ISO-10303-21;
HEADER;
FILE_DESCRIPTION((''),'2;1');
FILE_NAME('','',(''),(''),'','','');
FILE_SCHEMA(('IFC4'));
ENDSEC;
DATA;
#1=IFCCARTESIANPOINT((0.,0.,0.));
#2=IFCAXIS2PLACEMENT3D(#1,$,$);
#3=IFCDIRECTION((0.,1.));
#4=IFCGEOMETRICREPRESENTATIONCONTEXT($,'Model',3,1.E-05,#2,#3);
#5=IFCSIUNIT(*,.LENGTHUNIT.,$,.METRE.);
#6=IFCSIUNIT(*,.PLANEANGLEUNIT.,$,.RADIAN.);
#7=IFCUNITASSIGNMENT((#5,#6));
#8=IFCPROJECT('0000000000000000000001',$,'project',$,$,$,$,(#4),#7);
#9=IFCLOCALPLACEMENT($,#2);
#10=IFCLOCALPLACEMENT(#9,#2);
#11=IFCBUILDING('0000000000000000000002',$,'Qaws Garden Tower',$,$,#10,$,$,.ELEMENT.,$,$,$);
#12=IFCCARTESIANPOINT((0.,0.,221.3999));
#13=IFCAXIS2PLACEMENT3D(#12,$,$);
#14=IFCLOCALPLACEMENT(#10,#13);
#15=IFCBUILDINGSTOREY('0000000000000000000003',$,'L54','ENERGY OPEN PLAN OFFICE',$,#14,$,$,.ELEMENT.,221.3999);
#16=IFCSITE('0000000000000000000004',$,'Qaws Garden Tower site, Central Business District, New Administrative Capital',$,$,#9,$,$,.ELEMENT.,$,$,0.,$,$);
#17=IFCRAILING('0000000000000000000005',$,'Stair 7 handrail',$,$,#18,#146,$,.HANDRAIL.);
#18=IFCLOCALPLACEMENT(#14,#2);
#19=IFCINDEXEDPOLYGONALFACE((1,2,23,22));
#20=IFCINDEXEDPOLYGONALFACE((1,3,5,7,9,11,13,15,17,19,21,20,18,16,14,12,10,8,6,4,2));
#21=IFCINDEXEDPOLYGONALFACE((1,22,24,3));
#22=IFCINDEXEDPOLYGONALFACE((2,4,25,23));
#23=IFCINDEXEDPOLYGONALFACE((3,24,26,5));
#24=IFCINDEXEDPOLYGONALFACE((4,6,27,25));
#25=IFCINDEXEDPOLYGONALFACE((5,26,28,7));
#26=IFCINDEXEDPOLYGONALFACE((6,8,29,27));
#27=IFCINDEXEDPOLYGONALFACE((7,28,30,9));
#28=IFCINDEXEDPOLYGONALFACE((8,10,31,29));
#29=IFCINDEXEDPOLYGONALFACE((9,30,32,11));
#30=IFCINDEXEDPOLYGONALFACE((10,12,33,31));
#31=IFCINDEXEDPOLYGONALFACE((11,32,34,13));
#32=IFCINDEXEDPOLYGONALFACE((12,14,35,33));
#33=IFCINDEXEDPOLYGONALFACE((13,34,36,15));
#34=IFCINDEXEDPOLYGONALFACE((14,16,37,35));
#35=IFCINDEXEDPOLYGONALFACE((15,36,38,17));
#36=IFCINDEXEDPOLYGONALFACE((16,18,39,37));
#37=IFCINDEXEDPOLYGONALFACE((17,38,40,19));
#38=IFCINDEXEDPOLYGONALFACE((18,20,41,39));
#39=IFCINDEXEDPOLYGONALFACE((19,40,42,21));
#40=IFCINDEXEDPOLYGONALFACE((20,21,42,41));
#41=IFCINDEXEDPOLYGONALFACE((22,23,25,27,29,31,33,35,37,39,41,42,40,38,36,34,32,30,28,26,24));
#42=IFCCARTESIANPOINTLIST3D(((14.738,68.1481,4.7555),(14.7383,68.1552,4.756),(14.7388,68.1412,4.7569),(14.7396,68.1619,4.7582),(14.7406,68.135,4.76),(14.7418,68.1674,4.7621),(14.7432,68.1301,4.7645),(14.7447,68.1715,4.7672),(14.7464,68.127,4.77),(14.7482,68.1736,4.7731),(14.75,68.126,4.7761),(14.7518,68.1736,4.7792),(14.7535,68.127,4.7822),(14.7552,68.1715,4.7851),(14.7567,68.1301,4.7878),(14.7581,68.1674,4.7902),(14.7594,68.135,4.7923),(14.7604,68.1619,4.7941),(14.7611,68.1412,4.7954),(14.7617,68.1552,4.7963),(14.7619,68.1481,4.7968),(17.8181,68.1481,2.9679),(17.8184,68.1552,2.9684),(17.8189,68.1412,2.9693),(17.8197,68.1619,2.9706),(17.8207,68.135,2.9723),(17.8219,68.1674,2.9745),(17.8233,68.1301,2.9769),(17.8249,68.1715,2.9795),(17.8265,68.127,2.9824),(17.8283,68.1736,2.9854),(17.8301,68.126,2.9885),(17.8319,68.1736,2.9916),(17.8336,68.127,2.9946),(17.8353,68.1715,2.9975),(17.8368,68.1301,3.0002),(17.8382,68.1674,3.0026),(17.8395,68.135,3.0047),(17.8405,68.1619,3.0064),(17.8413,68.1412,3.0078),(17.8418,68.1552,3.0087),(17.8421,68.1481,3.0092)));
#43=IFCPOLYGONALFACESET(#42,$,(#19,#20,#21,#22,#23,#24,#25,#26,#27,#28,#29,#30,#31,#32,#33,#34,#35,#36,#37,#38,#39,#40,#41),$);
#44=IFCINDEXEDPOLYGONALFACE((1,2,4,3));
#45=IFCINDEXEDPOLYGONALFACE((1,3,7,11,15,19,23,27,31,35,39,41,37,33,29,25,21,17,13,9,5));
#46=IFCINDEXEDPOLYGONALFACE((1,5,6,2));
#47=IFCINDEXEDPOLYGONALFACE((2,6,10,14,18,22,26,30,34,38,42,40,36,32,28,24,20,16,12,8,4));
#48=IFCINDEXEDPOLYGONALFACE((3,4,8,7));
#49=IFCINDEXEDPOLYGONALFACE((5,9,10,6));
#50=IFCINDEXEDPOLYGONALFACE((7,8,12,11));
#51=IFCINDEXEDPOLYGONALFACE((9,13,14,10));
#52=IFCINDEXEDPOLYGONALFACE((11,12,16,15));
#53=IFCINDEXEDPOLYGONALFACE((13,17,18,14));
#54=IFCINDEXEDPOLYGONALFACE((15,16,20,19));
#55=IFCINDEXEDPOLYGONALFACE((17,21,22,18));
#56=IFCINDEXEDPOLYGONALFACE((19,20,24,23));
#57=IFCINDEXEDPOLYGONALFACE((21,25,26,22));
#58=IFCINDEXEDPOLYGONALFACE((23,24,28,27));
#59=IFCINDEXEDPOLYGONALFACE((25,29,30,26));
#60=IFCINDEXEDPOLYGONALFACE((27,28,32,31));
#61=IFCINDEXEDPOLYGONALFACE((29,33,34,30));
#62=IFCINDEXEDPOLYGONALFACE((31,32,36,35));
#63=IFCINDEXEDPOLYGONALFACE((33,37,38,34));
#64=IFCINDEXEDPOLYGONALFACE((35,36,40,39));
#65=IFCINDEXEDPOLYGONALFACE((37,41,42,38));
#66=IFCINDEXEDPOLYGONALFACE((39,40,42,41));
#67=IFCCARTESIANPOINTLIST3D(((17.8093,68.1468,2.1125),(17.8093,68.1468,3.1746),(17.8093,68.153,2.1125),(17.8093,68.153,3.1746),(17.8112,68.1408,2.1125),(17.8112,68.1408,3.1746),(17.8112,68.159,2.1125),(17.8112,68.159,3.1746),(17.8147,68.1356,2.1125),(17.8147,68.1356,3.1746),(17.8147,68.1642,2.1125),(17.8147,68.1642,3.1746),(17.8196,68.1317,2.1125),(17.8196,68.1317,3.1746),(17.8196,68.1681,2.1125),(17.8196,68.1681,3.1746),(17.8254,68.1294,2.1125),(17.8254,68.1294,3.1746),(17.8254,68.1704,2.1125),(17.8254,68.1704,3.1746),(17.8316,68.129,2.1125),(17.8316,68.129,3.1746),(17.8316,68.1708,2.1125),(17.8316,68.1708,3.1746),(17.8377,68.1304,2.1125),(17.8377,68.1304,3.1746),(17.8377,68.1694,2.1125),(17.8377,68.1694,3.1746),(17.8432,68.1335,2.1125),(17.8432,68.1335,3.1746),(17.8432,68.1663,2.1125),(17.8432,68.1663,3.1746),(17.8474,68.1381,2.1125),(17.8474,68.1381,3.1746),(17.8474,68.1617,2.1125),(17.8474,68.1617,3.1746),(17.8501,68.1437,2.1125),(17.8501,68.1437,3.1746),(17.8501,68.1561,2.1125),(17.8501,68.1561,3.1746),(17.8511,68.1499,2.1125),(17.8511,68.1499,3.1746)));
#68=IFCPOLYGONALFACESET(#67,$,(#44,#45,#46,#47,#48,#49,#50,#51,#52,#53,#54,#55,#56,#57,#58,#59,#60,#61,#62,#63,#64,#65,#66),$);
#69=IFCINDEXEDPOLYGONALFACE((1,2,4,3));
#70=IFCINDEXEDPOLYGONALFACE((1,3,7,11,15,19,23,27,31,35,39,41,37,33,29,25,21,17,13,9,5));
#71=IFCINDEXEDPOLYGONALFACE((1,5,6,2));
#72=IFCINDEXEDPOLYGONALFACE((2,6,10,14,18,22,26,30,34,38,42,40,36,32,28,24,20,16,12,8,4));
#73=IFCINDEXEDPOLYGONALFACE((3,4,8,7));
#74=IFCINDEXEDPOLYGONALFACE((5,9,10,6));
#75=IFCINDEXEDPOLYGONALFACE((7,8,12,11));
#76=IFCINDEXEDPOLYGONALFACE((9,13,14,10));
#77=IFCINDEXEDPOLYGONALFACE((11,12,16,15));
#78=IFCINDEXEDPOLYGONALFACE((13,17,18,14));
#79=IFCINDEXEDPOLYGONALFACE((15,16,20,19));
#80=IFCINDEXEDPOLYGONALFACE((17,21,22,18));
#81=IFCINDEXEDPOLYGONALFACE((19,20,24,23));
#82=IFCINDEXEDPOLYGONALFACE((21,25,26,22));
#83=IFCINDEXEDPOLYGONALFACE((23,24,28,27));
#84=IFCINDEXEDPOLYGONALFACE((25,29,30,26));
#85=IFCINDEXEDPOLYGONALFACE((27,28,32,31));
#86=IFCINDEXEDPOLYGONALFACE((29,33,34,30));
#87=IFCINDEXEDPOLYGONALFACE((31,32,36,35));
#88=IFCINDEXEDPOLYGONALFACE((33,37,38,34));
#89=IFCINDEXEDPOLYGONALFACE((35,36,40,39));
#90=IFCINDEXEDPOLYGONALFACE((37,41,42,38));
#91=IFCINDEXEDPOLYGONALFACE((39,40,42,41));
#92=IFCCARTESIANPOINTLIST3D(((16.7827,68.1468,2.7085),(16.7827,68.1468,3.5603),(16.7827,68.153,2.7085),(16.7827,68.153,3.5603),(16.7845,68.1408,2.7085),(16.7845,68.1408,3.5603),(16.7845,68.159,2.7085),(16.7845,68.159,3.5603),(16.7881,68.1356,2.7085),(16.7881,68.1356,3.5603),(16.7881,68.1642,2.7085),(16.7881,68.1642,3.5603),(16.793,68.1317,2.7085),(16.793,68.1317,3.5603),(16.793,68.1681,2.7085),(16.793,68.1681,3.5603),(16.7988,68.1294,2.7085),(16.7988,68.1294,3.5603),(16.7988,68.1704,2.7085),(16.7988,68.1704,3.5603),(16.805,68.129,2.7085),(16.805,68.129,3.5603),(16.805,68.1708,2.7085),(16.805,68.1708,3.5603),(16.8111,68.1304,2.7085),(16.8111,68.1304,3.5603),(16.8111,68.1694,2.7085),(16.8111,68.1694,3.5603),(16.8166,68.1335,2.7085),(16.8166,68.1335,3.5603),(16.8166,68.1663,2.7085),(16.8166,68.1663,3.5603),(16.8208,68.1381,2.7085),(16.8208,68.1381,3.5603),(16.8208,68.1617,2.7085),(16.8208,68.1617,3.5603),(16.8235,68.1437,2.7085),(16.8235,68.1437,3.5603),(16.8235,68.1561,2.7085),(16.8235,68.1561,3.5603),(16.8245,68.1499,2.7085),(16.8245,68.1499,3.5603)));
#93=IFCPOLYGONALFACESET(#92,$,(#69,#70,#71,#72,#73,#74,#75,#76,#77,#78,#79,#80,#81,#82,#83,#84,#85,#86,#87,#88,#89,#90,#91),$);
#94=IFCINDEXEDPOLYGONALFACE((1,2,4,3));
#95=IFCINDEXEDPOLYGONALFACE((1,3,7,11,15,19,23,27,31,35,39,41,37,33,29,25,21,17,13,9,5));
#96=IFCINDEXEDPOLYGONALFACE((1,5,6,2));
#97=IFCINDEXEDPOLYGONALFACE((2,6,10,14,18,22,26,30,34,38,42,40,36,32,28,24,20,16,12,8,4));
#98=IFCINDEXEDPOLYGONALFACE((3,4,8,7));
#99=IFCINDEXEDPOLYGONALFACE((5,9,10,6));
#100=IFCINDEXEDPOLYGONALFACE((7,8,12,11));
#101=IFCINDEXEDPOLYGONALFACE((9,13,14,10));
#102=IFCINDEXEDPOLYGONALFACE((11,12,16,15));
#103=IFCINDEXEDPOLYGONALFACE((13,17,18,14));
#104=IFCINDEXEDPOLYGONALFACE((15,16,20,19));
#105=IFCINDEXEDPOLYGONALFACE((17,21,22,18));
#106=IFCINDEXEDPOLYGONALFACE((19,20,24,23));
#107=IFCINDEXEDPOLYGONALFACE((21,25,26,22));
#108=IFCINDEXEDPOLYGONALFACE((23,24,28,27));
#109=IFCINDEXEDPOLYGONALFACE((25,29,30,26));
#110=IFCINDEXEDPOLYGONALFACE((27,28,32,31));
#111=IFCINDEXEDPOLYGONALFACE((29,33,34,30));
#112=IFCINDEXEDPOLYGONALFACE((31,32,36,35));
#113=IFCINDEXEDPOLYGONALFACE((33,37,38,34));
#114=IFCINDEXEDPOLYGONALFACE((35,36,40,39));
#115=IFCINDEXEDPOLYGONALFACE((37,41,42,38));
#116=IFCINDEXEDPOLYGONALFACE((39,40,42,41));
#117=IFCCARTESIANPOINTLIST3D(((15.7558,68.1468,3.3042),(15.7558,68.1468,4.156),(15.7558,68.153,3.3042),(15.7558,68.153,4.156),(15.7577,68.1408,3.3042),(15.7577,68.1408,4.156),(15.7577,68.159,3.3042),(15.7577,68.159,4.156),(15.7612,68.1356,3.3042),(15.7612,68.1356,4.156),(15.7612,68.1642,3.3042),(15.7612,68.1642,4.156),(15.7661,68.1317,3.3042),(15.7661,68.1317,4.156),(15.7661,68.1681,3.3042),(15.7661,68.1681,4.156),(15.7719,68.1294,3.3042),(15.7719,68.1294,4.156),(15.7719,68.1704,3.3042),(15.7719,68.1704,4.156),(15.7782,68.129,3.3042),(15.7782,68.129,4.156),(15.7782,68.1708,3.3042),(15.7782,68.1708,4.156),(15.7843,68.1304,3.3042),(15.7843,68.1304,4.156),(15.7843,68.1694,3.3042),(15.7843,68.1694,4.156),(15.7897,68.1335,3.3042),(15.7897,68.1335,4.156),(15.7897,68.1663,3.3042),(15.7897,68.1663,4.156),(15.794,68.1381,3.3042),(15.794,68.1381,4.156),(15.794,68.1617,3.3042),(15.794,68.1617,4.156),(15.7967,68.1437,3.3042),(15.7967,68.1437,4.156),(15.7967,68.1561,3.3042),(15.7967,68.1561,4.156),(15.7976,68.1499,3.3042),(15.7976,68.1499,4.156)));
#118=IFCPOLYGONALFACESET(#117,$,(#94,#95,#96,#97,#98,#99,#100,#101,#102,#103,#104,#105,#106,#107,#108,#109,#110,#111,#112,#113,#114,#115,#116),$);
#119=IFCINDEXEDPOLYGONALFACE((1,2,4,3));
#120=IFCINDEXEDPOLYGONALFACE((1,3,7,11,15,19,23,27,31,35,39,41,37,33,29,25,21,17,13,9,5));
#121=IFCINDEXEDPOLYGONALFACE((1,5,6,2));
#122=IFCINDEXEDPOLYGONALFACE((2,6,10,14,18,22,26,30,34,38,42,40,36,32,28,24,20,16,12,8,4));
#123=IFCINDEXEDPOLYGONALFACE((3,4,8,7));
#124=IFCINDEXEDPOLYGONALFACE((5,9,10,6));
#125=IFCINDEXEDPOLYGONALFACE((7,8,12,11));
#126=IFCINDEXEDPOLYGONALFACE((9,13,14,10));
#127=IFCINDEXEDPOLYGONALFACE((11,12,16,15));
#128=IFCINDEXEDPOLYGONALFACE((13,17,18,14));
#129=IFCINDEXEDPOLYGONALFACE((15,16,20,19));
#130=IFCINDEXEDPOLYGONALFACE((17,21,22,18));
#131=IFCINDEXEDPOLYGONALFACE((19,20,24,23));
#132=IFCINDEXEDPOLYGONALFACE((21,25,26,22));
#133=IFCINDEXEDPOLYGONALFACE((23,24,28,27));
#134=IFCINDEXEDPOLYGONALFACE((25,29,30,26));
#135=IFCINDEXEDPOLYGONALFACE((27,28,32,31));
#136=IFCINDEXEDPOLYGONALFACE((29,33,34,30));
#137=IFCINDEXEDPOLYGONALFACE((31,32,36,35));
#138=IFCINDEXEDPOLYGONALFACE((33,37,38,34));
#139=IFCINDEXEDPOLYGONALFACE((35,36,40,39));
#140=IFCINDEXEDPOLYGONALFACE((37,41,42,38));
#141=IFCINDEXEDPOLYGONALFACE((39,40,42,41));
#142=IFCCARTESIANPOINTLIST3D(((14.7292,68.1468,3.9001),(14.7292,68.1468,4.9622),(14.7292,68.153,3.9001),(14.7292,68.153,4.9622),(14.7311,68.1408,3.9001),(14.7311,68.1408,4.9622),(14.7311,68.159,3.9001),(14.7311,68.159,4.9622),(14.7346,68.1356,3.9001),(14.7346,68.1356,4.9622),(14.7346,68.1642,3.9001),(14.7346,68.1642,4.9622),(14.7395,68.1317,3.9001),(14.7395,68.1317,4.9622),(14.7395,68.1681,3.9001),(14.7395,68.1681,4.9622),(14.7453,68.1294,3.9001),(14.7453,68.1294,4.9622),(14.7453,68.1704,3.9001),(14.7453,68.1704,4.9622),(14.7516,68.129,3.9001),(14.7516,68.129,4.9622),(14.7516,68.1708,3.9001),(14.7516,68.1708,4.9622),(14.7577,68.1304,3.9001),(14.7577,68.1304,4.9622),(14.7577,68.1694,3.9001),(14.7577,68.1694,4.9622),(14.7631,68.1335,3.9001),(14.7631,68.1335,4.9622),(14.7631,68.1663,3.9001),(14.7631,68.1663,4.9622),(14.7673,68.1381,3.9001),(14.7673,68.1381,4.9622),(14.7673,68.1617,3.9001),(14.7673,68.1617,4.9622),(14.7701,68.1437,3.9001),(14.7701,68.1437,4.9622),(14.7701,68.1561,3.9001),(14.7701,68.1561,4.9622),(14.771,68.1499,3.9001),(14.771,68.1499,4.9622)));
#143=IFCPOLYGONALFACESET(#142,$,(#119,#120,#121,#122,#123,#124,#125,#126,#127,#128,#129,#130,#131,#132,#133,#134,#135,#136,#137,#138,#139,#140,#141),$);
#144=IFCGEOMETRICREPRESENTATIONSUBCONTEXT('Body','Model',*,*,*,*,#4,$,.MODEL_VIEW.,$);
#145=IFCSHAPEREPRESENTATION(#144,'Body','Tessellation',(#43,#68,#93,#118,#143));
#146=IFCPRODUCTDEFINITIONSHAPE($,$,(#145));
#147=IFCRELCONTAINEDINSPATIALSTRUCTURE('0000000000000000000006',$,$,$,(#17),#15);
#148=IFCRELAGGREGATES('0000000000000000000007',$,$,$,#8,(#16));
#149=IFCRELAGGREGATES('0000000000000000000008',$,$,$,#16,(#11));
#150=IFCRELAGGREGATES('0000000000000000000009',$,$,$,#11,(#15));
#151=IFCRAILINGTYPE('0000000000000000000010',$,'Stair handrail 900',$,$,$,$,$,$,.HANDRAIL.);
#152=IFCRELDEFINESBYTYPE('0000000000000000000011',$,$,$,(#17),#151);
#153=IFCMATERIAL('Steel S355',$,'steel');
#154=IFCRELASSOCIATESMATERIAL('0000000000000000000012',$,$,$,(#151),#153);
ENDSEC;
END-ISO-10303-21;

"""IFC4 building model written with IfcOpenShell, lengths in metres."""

from ifc_helpers import new_model, si_unit, direction, frame, origin, origin_2d, place, context, subcontext, project, spatial, circle, extrude, material, type_object, element, save


model = new_model("IFC4")

# Units and contexts
model_context = context("Model", 3, precision=1e-05, world=origin(), true_north=direction((0.0, 1.0)))
body_context = subcontext(model_context, "Body", "Model", "MODEL_VIEW")
ifc_project = project(units=[si_unit("LENGTHUNIT", "METRE"), si_unit("PLANEANGLEUNIT", "RADIAN")], contexts=[model_context])

# Site, building, storey
site_placement = place(None, origin())
site = spatial("IfcSite", under=ifc_project, at=site_placement, Name="Qaws Garden Tower site, Central Business District, New Administrative Capital", CompositionType="ELEMENT", RefElevation=0.0)
building_placement = place(site_placement, origin())
building = spatial("IfcBuilding", under=site, at=building_placement, Name="Qaws Garden Tower", CompositionType="ELEMENT")
storey_placement = place(building_placement, frame((0.0, 0.0, 221.3999)))
storey = spatial("IfcBuildingStorey", under=building, at=storey_placement, Name="L54", Description="ENERGY OPEN PLAN OFFICE", CompositionType="ELEMENT", Elevation=221.3999)

# Railing
ifc_material_1 = material(Name="Steel S355", Category="steel")
railing_type = type_object("IfcRailingType", Name="Stair handrail 900", PredefinedType="HANDRAIL", material=ifc_material_1)
railing_placement = place(storey_placement, frame((17.8301, 68.1499, 2.1125)))
element("IfcRailing", 1, at=railing_placement, inside=storey, type_object=railing_type, Name="Stair 7 handrail", PredefinedType="HANDRAIL", context=body_context, shape_type="SweptSolid", body=[
    extrude(circle(Radius=0.0239, at=origin_2d()), frame((0.0, 0.0, 0.876), z_axis=(-0.864891, 0.0, 0.50196), x_axis=(0.0, -1.0, 0.0)), (0.0, 0.0, 1.0), 3.5613),
    extrude(circle(Radius=0.021, at=origin_2d()), origin(), (0.0, 0.0, 1.0), 1.062),
    extrude(circle(Radius=0.021, at=origin_2d()), frame((-1.0266, 0.0, 0.5959)), (0.0, 0.0, 1.0), 0.8518),
    extrude(circle(Radius=0.021, at=origin_2d()), frame((-2.0535, 0.0, 1.1917)), (0.0, 0.0, 1.0), 0.8518),
    extrude(circle(Radius=0.021, at=origin_2d()), frame((-3.0801, 0.0, 1.7876)), (0.0, 0.0, 1.0), 1.062),
])

save(model, "model.ifc")
